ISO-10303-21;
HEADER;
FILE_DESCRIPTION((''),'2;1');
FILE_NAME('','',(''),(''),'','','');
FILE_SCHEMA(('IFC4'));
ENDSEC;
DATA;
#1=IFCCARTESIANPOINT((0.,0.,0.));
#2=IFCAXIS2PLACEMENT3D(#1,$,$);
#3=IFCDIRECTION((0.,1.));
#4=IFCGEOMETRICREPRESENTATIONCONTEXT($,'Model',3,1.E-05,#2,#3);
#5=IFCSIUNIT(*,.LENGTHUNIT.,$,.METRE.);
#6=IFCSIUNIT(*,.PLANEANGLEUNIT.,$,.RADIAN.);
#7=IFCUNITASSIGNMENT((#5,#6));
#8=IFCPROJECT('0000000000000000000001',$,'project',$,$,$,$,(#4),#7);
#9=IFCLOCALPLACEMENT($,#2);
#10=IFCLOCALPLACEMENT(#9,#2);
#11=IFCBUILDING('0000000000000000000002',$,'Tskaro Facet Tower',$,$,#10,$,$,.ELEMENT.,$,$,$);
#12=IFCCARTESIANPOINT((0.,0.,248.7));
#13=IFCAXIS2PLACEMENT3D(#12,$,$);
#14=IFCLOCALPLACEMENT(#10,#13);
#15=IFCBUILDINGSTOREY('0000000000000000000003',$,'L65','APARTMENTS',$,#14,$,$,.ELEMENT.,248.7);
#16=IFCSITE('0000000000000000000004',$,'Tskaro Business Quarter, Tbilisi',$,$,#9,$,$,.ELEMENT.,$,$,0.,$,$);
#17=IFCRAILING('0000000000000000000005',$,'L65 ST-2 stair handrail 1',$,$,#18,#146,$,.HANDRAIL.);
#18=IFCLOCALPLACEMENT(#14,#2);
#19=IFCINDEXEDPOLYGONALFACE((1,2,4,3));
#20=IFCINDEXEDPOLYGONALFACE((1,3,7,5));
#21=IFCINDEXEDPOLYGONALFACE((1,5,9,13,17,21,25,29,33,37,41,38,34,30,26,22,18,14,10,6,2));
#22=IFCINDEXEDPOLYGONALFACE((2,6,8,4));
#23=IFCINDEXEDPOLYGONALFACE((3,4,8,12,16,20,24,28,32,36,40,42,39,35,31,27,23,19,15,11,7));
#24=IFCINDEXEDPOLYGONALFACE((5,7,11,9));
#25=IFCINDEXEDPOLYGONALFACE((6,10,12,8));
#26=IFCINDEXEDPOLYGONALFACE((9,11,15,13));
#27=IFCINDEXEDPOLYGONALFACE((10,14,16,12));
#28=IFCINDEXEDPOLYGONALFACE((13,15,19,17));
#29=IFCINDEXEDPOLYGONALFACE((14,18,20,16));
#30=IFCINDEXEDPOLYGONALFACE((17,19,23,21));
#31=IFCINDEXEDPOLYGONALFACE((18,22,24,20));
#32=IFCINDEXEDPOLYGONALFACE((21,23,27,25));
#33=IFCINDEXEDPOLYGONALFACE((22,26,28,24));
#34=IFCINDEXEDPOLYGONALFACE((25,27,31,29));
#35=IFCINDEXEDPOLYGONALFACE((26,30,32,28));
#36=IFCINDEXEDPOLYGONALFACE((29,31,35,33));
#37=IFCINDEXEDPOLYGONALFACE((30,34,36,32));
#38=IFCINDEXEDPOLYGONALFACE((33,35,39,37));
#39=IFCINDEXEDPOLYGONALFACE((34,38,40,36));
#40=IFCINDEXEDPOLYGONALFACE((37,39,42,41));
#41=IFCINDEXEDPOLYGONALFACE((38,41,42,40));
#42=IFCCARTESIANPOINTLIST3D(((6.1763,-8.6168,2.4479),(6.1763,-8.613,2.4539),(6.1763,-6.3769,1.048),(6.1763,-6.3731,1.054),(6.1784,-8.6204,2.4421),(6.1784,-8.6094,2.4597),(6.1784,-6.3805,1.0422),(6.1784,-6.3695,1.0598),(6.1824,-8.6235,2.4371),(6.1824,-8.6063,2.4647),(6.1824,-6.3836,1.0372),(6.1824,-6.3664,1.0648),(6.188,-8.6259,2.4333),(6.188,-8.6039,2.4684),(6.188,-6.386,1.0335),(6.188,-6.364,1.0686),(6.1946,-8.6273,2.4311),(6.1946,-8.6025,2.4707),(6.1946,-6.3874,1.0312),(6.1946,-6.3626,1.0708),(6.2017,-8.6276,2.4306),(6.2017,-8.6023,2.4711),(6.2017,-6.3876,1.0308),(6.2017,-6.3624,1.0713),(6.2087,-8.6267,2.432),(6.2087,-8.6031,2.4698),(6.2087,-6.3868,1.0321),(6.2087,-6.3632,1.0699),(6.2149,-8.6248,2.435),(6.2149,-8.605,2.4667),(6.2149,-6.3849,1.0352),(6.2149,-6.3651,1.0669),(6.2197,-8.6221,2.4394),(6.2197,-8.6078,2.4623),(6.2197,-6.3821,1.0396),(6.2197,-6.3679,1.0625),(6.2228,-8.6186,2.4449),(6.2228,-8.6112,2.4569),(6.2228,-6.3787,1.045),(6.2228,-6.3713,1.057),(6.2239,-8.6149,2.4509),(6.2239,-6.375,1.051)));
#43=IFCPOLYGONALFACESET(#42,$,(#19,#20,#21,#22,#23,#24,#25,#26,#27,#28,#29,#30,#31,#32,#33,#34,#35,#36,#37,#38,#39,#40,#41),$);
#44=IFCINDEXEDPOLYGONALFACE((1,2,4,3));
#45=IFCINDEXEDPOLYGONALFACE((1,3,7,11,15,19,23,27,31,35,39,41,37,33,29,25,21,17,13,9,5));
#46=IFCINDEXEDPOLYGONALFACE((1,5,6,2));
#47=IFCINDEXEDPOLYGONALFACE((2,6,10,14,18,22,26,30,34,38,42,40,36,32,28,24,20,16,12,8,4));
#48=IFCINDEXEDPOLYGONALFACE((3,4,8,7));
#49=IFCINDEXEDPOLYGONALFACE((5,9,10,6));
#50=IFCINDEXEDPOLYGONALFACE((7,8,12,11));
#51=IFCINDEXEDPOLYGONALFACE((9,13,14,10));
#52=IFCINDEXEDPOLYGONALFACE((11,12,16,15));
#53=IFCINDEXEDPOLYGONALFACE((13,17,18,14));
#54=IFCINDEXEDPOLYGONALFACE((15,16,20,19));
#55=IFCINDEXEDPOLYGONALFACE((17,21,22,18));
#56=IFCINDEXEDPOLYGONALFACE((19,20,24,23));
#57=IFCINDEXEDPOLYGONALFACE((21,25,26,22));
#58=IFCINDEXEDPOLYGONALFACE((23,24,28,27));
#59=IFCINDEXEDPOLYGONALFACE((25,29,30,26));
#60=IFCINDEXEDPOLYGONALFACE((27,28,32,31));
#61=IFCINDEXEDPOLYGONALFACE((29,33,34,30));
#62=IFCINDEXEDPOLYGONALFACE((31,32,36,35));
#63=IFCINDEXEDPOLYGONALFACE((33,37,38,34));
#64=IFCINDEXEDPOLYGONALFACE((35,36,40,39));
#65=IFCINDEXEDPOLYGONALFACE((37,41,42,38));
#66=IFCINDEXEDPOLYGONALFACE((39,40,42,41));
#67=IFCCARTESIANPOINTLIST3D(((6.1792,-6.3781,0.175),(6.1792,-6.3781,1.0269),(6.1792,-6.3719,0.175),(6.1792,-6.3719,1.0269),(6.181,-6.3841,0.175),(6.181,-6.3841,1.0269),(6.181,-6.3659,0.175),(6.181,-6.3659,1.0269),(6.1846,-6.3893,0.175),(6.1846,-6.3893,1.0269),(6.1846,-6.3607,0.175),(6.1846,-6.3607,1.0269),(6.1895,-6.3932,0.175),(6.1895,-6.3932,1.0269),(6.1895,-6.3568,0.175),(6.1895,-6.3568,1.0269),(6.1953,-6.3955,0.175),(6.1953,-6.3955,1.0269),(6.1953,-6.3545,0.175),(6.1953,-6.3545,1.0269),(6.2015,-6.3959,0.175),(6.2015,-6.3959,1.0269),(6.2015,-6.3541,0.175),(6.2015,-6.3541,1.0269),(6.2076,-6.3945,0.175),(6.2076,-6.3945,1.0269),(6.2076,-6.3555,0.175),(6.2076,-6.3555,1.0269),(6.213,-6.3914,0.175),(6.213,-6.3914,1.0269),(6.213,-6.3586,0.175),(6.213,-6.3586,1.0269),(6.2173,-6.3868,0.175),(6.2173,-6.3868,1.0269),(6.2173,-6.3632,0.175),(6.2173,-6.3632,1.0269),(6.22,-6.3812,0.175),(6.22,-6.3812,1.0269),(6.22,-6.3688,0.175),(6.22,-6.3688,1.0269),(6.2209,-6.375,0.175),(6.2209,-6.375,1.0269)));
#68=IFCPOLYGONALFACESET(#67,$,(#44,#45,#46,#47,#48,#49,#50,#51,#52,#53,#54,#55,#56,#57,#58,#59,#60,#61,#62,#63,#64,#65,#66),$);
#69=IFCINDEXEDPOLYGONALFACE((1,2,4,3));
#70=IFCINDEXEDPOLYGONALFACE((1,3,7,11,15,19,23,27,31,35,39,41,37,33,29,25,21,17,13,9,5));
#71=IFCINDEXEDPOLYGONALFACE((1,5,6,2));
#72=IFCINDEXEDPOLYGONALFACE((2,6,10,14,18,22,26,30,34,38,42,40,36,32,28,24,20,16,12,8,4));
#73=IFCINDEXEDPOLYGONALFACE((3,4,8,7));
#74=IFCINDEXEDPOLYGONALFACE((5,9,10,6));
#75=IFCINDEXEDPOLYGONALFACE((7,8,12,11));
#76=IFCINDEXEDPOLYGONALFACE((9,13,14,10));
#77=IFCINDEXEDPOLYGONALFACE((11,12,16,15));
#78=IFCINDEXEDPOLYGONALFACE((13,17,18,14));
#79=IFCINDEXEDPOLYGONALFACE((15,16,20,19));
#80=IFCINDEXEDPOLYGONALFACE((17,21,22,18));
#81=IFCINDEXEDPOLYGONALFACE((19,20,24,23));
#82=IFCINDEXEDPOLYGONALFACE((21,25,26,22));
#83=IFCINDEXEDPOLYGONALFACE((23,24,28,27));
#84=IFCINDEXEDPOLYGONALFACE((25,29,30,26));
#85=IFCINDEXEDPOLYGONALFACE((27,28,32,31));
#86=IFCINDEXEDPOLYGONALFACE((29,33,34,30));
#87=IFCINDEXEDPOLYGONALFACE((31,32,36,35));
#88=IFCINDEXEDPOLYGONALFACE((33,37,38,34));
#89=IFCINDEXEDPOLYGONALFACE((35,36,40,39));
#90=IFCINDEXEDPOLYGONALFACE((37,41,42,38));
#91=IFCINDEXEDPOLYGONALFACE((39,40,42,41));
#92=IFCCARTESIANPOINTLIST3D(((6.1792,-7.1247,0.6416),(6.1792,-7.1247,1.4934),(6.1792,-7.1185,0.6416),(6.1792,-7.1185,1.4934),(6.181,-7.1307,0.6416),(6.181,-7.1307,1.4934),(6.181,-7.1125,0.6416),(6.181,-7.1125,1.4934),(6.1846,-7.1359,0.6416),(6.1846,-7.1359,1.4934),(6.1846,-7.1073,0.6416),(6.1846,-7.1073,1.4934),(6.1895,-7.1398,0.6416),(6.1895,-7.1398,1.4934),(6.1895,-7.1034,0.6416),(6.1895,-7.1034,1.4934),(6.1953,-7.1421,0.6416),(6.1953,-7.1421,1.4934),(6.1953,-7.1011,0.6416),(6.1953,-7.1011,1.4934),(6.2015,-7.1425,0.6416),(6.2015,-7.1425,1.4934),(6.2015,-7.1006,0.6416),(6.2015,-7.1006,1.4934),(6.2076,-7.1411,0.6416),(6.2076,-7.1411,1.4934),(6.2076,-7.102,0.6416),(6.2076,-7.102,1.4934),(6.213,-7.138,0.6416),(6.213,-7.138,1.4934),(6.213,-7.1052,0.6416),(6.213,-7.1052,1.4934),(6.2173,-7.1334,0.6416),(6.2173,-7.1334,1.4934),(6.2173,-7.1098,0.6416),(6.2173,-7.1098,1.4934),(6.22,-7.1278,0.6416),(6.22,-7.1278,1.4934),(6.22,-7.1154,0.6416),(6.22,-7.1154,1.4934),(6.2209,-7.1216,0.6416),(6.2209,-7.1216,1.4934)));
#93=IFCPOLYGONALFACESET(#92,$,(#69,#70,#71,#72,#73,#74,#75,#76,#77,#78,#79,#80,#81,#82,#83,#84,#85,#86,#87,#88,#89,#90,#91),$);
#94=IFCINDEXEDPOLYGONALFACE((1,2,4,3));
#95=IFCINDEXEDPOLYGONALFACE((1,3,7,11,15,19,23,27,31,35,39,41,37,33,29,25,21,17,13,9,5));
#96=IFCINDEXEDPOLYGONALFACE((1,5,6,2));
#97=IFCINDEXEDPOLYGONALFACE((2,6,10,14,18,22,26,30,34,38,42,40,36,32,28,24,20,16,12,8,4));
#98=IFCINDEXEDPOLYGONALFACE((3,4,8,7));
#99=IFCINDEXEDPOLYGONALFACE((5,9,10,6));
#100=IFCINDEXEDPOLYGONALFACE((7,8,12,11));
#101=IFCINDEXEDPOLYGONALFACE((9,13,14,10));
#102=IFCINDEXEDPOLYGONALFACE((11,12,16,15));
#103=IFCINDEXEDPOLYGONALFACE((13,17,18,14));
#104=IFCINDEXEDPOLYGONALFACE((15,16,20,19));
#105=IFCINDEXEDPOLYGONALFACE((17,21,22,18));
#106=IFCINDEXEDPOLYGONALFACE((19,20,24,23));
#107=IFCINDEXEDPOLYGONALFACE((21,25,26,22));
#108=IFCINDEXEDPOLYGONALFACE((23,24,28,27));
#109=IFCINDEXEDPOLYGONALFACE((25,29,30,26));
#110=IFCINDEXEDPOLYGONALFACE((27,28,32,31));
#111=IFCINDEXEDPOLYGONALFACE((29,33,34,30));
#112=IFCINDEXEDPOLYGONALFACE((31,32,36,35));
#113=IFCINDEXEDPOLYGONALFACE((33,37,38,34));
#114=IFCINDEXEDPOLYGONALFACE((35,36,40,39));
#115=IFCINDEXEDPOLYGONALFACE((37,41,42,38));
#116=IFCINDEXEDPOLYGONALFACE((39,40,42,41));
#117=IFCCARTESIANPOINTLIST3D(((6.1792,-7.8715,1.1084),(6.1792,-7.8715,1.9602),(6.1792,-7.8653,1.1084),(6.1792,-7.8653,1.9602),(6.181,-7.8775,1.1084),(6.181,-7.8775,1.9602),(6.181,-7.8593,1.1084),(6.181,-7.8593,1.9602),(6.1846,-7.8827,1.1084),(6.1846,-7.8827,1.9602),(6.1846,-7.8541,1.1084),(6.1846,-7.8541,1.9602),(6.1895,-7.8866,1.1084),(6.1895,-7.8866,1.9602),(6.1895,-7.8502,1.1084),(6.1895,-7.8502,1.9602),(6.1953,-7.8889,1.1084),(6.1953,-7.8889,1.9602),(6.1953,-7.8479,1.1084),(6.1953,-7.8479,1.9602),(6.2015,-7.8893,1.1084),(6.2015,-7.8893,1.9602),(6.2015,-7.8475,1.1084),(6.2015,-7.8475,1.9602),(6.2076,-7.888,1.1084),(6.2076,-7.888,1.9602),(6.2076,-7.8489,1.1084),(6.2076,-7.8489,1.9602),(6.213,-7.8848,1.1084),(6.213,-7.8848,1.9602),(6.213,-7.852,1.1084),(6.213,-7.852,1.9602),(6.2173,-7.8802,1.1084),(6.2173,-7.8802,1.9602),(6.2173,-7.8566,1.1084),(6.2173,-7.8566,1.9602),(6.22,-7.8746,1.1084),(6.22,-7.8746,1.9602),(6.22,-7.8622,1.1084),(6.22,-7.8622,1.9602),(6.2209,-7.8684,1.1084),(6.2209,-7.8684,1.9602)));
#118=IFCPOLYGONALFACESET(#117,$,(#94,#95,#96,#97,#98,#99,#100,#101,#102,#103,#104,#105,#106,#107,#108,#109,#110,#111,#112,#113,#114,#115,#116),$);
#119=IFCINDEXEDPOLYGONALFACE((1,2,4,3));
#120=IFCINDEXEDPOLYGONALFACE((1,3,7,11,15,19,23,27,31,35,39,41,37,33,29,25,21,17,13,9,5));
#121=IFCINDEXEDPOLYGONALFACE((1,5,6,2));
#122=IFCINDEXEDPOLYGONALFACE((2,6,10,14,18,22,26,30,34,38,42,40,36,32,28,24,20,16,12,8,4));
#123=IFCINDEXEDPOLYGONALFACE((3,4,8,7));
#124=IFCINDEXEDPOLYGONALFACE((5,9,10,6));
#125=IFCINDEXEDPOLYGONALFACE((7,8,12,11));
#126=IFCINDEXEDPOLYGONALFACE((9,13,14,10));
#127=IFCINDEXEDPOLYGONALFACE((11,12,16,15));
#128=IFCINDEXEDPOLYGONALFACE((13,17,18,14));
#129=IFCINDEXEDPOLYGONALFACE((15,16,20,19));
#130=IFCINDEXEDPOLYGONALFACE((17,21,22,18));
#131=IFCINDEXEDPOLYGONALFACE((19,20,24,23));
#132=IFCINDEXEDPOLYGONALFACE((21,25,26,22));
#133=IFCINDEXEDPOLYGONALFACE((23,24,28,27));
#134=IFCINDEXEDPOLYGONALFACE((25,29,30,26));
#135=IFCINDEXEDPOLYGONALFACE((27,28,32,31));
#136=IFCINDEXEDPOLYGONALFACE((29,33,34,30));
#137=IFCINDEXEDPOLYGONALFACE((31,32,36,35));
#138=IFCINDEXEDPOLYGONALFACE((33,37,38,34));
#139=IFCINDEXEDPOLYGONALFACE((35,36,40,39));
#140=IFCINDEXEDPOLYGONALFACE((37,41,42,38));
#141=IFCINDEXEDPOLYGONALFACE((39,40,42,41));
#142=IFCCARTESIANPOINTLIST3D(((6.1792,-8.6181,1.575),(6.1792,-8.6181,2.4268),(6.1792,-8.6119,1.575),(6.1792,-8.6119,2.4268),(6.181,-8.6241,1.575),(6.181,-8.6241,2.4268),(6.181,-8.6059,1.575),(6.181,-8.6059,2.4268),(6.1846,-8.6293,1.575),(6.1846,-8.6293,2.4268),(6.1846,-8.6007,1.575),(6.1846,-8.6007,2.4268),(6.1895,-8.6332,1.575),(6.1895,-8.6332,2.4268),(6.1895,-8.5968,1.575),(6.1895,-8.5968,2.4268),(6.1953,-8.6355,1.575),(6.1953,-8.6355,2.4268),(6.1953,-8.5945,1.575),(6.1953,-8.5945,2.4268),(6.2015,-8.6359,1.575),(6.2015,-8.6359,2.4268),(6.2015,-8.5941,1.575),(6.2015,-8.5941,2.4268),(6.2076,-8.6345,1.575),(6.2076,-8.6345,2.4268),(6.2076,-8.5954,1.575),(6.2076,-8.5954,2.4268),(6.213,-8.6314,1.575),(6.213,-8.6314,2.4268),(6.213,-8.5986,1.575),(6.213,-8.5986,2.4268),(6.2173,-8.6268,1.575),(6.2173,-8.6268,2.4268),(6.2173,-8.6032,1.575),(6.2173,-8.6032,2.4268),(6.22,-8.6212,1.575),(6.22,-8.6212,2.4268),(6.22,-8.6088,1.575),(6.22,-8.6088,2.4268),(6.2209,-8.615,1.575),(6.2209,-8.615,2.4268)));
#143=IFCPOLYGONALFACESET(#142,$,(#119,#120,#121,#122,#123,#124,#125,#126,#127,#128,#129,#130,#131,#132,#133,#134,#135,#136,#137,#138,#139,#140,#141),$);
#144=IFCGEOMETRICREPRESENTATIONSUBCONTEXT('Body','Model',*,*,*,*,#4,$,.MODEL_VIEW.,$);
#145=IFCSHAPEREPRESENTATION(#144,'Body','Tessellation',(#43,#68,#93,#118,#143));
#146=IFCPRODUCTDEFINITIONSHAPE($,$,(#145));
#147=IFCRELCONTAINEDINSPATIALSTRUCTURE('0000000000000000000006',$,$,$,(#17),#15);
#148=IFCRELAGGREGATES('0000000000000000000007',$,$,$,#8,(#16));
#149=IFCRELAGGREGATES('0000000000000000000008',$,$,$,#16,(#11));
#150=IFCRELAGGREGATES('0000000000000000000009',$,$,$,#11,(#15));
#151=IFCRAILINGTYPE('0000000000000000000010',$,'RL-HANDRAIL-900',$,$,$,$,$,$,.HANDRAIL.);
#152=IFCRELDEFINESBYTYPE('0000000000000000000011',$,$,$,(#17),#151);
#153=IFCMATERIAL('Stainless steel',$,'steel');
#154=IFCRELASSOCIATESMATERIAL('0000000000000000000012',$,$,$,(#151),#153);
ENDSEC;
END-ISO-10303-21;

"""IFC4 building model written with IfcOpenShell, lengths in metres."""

from ifc_helpers import new_model, si_unit, direction, frame, origin, origin_2d, place, context, subcontext, project, spatial, circle, extrude, material, type_object, element, save


model = new_model("IFC4")

# Units and contexts
model_context = context("Model", 3, precision=1e-05, world=origin(), true_north=direction((0.0, 1.0)))
body_context = subcontext(model_context, "Body", "Model", "MODEL_VIEW")
ifc_project = project(units=[si_unit("LENGTHUNIT", "METRE"), si_unit("PLANEANGLEUNIT", "RADIAN")], contexts=[model_context])

# Site, building, storey
site_placement = place(None, origin())
site = spatial("IfcSite", under=ifc_project, at=site_placement, Name="Tskaro Business Quarter, Tbilisi", CompositionType="ELEMENT", RefElevation=0.0)
building_placement = place(site_placement, origin())
building = spatial("IfcBuilding", under=site, at=building_placement, Name="Tskaro Facet Tower", CompositionType="ELEMENT")
storey_placement = place(building_placement, frame((0.0, 0.0, 248.7)))
storey = spatial("IfcBuildingStorey", under=building, at=storey_placement, Name="L65", Description="APARTMENTS", CompositionType="ELEMENT", Elevation=248.7)

# Railing
ifc_material_1 = material(Name="Stainless steel", Category="steel")
railing_type_1 = type_object("IfcRailingType", Name="RL-HANDRAIL-900", PredefinedType="HANDRAIL", material=ifc_material_1)
railing_1_placement = place(storey_placement, frame((6.2, -6.375, 0.175)))
element("IfcRailing", 1, at=railing_1_placement, inside=storey, type_object=railing_type_1, Name="L65 ST-2 stair handrail 1", PredefinedType="HANDRAIL", context=body_context, shape_type="SweptSolid", body=[
    extrude(circle(Radius=0.0239, at=origin_2d()), frame((0.0, 0.0, 0.876), z_axis=(0.0, -0.848014, 0.529974), x_axis=(1.0, 0.0, 0.0)), (0.0, 0.0, 1.0), 2.6414),
    extrude(circle(Radius=0.021, at=origin_2d()), origin(), (0.0, 0.0, 1.0), 0.8518),
    extrude(circle(Radius=0.021, at=origin_2d()), frame((0.0, -0.7466, 0.4666)), (0.0, 0.0, 1.0), 0.8518),
    extrude(circle(Radius=0.021, at=origin_2d()), frame((0.0, -1.4934, 0.9333)), (0.0, 0.0, 1.0), 0.8518),
    extrude(circle(Radius=0.021, at=origin_2d()), frame((0.0, -2.24, 1.3999)), (0.0, 0.0, 1.0), 0.8518),
])

save(model, "model.ifc")
